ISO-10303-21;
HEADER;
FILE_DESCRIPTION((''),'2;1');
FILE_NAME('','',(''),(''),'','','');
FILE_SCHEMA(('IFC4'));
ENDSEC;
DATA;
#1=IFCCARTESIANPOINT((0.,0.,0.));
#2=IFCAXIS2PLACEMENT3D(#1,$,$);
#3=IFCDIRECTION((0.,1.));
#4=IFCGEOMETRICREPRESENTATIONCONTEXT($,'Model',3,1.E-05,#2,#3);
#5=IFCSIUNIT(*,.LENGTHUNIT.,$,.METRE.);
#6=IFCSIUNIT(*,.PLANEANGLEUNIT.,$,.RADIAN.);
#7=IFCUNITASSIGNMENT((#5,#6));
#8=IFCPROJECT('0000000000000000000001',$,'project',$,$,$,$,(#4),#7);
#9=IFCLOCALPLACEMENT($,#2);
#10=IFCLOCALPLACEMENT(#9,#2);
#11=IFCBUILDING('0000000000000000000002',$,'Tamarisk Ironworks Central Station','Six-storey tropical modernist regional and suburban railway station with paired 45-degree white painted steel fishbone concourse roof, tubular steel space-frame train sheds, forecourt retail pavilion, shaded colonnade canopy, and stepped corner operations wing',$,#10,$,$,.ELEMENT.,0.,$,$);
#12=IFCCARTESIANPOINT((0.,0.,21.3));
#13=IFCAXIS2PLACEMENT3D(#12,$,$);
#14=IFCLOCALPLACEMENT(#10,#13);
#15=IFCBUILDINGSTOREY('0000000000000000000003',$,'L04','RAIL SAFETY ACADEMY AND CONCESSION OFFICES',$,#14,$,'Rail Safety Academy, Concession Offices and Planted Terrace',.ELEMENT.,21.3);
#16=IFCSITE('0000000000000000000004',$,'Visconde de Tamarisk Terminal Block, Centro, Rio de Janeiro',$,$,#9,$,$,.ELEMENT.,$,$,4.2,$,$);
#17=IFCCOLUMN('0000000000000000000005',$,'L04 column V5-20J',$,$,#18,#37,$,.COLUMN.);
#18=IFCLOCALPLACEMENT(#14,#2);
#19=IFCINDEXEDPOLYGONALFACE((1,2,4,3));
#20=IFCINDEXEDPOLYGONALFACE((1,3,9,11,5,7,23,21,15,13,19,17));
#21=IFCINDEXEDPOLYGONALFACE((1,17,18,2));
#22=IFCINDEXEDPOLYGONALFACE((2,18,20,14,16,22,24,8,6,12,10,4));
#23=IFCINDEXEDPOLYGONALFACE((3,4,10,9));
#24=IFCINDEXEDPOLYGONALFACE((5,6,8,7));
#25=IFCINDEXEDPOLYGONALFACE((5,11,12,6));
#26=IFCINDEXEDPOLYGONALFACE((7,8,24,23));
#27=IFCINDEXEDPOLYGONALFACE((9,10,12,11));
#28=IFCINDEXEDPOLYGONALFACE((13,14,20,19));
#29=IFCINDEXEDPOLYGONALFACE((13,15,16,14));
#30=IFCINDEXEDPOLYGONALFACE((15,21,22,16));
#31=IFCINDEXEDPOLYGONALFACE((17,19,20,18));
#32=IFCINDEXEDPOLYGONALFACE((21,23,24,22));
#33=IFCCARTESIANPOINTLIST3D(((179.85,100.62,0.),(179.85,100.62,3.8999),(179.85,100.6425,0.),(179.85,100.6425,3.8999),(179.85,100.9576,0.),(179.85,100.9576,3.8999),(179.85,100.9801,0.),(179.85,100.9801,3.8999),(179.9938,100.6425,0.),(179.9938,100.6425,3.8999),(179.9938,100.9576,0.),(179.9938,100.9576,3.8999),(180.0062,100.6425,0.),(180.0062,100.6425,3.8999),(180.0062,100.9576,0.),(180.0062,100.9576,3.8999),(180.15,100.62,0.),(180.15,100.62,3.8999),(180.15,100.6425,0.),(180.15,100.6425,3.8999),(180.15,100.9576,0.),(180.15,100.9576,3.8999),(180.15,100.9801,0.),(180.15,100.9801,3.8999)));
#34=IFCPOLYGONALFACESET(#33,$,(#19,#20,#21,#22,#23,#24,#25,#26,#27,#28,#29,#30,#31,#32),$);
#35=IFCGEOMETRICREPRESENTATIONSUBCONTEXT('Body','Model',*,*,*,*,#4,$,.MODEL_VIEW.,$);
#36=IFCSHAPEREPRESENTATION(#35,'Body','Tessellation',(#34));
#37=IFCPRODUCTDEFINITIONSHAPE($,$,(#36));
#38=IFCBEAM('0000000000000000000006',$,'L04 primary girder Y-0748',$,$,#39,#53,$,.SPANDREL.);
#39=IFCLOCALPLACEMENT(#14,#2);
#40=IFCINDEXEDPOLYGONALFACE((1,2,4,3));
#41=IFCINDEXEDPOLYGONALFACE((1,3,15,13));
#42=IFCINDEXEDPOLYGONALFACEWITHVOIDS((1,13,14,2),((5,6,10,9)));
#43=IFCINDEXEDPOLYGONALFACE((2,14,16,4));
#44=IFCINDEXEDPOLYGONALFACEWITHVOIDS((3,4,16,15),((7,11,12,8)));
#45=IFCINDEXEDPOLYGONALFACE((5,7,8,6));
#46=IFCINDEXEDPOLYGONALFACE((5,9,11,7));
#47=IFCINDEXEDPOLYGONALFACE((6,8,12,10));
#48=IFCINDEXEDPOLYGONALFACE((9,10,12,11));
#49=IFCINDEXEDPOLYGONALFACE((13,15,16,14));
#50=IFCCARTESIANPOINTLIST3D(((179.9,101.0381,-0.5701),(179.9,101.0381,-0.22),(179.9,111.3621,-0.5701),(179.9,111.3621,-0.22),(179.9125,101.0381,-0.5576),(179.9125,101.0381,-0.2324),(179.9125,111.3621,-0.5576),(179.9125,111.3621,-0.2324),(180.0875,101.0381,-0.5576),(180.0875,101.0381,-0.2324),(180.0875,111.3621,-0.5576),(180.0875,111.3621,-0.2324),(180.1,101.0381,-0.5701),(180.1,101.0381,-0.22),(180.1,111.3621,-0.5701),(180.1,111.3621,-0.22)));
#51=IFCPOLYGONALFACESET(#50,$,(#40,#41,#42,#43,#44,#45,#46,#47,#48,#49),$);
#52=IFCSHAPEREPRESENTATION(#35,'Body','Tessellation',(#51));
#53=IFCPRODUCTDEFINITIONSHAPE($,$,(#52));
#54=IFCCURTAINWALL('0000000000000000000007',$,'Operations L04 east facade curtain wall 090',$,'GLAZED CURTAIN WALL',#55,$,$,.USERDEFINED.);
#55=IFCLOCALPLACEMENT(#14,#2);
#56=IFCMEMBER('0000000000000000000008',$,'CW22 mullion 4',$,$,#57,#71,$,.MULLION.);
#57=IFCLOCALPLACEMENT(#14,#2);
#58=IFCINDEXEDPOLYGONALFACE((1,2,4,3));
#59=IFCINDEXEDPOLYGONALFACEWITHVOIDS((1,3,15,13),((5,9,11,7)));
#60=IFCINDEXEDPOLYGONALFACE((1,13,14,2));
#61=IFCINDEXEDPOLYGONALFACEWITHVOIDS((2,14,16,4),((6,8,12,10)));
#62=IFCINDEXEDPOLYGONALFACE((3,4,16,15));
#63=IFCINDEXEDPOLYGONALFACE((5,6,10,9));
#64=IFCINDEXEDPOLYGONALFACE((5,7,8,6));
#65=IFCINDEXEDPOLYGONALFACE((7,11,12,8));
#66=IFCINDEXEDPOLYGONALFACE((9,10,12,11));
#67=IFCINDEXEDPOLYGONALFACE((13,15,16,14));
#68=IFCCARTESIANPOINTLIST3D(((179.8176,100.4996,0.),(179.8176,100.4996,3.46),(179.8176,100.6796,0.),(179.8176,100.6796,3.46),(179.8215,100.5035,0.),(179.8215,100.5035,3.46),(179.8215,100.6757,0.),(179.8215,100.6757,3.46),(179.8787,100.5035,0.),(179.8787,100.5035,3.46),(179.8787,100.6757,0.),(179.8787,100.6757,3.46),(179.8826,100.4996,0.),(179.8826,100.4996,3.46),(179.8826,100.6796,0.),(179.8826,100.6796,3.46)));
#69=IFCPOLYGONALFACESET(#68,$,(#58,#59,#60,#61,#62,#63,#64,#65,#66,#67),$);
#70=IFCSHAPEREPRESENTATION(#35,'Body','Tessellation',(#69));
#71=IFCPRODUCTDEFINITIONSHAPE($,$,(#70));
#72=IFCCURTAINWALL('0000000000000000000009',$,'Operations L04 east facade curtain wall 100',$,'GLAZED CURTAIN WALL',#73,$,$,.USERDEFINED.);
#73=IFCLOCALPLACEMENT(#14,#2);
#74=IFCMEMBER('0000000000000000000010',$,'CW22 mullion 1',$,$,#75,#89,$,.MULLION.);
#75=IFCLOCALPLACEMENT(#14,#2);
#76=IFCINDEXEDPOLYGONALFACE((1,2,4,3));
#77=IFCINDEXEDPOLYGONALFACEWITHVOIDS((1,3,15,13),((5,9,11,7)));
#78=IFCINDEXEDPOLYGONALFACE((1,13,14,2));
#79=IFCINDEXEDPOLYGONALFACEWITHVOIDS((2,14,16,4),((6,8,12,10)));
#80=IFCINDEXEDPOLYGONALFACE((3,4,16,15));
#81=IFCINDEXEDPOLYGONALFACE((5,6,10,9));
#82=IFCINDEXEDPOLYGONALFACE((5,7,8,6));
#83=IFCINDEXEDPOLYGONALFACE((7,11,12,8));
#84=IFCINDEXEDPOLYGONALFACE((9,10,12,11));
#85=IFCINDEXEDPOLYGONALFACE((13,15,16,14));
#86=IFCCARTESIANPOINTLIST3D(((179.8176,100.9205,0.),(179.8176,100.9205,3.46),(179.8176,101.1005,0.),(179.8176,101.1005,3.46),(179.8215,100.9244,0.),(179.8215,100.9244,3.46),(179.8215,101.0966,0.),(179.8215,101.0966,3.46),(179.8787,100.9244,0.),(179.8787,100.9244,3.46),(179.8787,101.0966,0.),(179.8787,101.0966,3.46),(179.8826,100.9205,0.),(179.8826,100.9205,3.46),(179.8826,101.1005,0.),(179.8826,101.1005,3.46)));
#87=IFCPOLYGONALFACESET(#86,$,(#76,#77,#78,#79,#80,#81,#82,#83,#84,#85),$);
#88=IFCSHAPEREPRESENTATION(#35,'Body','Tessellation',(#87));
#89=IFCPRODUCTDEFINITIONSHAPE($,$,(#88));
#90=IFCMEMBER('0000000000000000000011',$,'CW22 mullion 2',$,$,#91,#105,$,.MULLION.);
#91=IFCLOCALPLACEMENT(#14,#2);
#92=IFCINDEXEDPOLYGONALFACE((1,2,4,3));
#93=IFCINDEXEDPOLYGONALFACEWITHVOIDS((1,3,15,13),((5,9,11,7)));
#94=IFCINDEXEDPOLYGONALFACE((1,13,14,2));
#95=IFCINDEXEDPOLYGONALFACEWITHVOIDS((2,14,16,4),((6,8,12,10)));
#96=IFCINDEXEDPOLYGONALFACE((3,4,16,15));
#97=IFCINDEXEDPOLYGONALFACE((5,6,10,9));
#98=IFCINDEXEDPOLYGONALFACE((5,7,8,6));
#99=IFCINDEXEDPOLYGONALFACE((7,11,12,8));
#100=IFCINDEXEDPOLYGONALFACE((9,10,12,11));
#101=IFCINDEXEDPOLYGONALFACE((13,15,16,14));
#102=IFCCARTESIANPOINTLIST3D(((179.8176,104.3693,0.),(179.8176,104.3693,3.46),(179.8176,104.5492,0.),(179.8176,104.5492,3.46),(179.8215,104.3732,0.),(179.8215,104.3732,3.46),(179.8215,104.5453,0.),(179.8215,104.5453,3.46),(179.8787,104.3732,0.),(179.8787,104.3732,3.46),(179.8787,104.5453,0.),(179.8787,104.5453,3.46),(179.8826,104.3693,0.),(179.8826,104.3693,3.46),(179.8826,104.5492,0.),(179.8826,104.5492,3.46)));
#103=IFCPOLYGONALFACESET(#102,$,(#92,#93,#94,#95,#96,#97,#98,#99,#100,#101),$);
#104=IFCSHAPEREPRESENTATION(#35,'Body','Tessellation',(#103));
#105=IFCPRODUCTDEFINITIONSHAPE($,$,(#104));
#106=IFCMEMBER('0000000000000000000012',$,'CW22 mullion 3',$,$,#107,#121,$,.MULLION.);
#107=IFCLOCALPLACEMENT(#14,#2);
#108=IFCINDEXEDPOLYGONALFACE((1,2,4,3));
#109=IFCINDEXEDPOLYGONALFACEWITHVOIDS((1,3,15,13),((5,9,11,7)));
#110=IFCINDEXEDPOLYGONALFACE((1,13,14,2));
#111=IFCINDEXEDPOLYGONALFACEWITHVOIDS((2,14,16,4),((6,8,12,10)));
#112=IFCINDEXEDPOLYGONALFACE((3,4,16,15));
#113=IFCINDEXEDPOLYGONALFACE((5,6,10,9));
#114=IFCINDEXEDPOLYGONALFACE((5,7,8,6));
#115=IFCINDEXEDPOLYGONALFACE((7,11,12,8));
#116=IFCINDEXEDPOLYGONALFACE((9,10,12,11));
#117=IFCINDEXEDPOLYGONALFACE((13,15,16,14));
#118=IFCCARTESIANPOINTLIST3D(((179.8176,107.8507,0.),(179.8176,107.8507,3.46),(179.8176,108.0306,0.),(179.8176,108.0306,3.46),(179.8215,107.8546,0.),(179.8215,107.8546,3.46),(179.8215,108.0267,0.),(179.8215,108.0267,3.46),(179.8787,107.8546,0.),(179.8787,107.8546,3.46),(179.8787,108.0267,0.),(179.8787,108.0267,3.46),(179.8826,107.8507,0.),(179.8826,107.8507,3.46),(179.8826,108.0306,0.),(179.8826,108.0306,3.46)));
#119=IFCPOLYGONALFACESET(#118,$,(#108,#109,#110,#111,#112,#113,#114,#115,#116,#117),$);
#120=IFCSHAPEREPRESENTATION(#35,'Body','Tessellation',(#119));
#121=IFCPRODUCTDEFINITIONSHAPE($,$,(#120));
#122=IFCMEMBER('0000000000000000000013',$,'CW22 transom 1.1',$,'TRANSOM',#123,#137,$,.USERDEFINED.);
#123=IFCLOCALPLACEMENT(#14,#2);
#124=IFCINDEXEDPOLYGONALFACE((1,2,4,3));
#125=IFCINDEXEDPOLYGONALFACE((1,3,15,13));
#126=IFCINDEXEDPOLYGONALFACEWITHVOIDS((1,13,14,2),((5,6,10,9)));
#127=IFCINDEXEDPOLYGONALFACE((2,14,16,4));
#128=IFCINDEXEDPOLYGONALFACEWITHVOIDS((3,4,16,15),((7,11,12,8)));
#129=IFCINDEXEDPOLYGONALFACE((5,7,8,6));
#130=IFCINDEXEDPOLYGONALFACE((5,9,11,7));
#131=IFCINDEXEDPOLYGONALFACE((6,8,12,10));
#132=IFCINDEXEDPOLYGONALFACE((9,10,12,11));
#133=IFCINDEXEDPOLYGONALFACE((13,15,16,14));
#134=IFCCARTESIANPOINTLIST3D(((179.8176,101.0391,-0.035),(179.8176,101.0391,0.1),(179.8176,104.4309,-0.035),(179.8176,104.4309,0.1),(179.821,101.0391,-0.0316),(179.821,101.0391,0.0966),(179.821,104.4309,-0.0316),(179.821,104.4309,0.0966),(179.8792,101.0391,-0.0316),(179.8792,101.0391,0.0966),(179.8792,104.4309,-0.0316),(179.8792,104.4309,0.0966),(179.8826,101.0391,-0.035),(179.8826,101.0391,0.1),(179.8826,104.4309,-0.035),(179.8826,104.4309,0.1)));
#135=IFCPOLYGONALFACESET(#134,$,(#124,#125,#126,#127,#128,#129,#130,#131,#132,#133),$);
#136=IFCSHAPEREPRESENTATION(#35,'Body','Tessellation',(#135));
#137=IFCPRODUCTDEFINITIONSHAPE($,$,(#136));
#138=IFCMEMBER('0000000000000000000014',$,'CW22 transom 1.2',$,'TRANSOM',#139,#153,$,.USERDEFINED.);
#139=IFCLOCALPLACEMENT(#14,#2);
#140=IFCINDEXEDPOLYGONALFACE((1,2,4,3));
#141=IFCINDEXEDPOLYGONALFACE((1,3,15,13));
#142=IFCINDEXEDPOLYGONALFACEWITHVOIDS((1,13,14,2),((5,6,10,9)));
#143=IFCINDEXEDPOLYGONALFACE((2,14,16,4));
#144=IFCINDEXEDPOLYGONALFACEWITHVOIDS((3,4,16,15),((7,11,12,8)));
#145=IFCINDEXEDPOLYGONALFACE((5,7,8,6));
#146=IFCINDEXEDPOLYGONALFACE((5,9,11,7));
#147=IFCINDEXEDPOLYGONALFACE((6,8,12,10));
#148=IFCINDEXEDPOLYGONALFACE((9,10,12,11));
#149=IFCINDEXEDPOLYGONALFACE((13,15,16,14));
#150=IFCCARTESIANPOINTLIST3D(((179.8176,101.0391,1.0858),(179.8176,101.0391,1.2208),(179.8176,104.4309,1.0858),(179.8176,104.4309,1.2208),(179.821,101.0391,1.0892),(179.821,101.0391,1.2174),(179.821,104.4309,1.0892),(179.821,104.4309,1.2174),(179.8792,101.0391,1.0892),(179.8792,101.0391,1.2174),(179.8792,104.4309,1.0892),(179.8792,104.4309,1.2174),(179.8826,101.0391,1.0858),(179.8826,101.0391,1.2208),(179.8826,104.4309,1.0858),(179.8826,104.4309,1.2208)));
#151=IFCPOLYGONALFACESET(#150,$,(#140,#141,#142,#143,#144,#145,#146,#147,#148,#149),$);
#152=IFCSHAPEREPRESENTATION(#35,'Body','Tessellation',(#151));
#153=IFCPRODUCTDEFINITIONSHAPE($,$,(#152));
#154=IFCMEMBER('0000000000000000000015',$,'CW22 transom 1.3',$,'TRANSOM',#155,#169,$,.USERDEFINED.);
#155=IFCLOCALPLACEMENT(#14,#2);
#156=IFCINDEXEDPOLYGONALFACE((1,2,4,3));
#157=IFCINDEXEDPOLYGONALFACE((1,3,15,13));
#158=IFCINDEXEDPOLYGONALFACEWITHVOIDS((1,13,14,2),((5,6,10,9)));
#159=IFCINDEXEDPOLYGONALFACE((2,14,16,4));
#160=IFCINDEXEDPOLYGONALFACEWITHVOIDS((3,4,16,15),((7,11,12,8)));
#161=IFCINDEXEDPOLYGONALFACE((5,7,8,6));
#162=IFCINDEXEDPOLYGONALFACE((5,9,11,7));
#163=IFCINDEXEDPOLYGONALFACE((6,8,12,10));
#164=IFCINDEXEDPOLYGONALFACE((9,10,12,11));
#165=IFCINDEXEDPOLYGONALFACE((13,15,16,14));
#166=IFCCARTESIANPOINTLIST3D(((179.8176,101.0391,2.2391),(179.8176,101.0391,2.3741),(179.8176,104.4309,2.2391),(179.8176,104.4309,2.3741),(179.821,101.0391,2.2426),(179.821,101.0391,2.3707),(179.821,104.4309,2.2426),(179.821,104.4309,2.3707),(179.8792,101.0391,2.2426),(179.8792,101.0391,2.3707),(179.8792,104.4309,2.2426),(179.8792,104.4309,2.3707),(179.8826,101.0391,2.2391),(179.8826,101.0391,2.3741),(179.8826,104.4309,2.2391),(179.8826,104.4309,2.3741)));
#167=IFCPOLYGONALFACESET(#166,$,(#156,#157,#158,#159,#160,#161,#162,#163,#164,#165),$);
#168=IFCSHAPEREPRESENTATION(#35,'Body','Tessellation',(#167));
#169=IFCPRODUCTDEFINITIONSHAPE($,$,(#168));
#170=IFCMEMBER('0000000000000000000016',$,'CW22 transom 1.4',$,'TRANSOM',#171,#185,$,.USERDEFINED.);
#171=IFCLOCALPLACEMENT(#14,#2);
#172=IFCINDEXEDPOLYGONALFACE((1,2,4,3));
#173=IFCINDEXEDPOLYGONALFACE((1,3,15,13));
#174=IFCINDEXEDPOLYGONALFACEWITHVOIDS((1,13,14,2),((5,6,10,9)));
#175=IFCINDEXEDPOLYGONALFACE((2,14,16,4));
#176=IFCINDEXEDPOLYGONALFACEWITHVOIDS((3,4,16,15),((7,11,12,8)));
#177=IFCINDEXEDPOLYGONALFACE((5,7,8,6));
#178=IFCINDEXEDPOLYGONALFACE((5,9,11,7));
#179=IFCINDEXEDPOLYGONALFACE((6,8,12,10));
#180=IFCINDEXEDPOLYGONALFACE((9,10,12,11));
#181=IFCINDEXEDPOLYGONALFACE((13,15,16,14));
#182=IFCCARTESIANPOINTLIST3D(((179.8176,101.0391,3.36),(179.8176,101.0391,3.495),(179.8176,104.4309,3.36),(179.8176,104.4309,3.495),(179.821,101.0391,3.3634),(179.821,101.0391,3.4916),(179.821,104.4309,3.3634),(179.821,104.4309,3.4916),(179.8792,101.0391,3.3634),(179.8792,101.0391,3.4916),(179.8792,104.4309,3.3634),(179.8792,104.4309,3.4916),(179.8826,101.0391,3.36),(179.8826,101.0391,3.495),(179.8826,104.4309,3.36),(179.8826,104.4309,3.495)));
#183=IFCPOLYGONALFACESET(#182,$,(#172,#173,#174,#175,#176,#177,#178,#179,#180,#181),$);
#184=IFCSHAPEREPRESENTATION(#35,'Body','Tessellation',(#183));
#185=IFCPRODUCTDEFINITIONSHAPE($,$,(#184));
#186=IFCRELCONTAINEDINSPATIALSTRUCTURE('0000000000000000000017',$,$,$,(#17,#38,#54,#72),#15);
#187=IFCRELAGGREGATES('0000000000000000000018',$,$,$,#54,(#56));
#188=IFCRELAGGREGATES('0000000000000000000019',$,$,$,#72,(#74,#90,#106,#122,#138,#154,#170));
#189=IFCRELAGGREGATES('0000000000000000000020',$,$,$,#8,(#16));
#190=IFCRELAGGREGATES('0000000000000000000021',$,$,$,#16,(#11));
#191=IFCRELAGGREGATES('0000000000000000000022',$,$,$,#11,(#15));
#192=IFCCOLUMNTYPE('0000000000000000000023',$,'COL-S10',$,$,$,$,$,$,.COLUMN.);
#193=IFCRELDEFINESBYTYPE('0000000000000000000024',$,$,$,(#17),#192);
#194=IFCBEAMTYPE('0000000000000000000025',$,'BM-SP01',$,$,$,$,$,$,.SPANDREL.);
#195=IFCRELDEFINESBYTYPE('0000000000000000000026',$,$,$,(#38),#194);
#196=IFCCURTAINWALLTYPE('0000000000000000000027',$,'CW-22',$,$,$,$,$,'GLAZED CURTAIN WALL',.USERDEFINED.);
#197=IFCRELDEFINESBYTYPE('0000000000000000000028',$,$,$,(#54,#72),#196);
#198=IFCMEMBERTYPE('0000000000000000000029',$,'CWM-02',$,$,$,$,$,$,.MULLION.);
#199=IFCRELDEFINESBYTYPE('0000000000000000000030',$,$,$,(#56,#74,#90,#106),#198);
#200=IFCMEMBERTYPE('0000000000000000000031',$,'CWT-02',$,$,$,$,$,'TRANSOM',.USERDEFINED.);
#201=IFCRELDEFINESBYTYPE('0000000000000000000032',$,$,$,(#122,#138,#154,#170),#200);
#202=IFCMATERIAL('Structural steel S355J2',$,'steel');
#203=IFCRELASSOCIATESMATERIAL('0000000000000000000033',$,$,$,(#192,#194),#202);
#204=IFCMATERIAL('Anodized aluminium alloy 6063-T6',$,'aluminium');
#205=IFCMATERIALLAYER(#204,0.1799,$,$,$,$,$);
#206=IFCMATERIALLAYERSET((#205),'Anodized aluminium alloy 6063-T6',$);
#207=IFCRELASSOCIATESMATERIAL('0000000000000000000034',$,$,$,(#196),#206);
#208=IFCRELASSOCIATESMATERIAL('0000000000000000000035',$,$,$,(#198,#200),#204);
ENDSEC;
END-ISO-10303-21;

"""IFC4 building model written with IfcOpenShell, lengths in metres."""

from ifc_helpers import new_model, si_unit, direction, frame, origin, origin_2d, place, context, subcontext, project, spatial, hollow_rectangle, i_section, extrude, material, layer, layer_set, material_profile, profile_set, type_object, element, aggregate, save


model = new_model("IFC4")

# Units and contexts
model_context = context("Model", 3, precision=1e-05, world=origin(), true_north=direction((0.0, 1.0)))
body_context = subcontext(model_context, "Body", "Model", "MODEL_VIEW")
ifc_project = project(units=[si_unit("LENGTHUNIT", "METRE"), si_unit("PLANEANGLEUNIT", "RADIAN")], contexts=[model_context])

# Site, building, storey
site_placement = place(None, origin())
site = spatial("IfcSite", under=ifc_project, at=site_placement, Name="Visconde de Tamarisk Terminal Block, Centro, Rio de Janeiro", CompositionType="ELEMENT", RefElevation=4.2)
building_placement = place(site_placement, origin())
building = spatial("IfcBuilding", under=site, at=building_placement, Name="Tamarisk Ironworks Central Station", Description="Six-storey tropical modernist regional and suburban railway station with paired 45-degree white painted steel fishbone concourse roof, tubular steel space-frame train sheds, forecourt retail pavilion, shaded colonnade canopy, and stepped corner operations wing", CompositionType="ELEMENT", ElevationOfRefHeight=0.0)
storey_placement = place(building_placement, frame((0.0, 0.0, 21.3)))
storey = spatial("IfcBuildingStorey", under=building, at=storey_placement, Name="L04", Description="RAIL SAFETY ACADEMY AND CONCESSION OFFICES", LongName="Rail Safety Academy, Concession Offices and Planted Terrace", CompositionType="ELEMENT", Elevation=21.3)

# Column
ifc_material_1 = material(Name="Structural steel S355J2", Category="steel")
ifc_material_profile_1 = material_profile(ifc_material_1, i_section(OverallWidth=0.3, OverallDepth=0.3601, WebThickness=0.0125, FlangeThickness=0.0225, at=origin_2d()), Name="HEB 360")
ifc_profile_set_1 = profile_set([ifc_material_profile_1], Name="Structural steel S355J2")
column_type = type_object("IfcColumnType", Name="COL-S10", PredefinedType="COLUMN", material=ifc_profile_set_1)
column_placement = place(storey_placement, frame((180.0, 100.8, 0.0), z_axis=(0.0, 0.0, 1.0), x_axis=(1.0, 0.0, 0.0)))
element("IfcColumn", 1, at=column_placement, inside=storey, type_object=column_type, Name="L04 column V5-20J", PredefinedType="COLUMN", context=body_context, shape_type="SweptSolid", body=[
    extrude(i_section(OverallWidth=0.3, OverallDepth=0.3601, WebThickness=0.0125, FlangeThickness=0.0225, at=origin_2d()), origin(), (0.0, 0.0, 1.0), 3.8999),
])

# Beam
ifc_material_profile_2 = material_profile(ifc_material_1, hollow_rectangle(XDim=0.2, YDim=0.3501, WallThickness=0.0125, at=origin_2d()), Name="RHS 350x200x12.5")
ifc_profile_set_2 = profile_set([ifc_material_profile_2], Name="Structural steel S355J2")
beam_type = type_object("IfcBeamType", Name="BM-SP01", PredefinedType="SPANDREL", material=ifc_profile_set_2)
beam_placement = place(storey_placement, frame((180.0, 101.0381, -0.395), z_axis=(0.0, 1.0, 0.0), x_axis=(-1.0, 0.0, 0.0)))
element("IfcBeam", 2, at=beam_placement, inside=storey, type_object=beam_type, Name="L04 primary girder Y-0748", PredefinedType="SPANDREL", context=body_context, shape_type="SweptSolid", body=[
    extrude(hollow_rectangle(XDim=0.2, YDim=0.3501, WallThickness=0.0125, at=origin_2d()), origin(), (0.0, 0.0, 1.0), 10.324),
])

# Curtain wall, member
ifc_material_2 = material(Name="Anodized aluminium alloy 6063-T6", Category="aluminium")
ifc_layer_1 = layer(ifc_material_2, 0.1799)
ifc_layer_set_1 = layer_set([ifc_layer_1], Name="Anodized aluminium alloy 6063-T6")
curtain_wall_type = type_object("IfcCurtainWallType", Name="CW-22", ElementType="GLAZED CURTAIN WALL", PredefinedType="USERDEFINED", material=ifc_layer_set_1)
curtain_wall_1_placement = place(storey_placement, origin())
curtain_wall_1 = element("IfcCurtainWall", 3, at=curtain_wall_1_placement, inside=storey, type_object=curtain_wall_type, Name="Operations L04 east facade curtain wall 090", ObjectType="GLAZED CURTAIN WALL", PredefinedType="USERDEFINED")
ifc_material_profile_3 = material_profile(ifc_material_2, hollow_rectangle(XDim=0.0649, YDim=0.1799, WallThickness=0.0039, at=origin_2d()), Name="ALUM 180x65")
ifc_profile_set_3 = profile_set([ifc_material_profile_3], Name="Anodized aluminium alloy 6063-T6")
member_type_1 = type_object("IfcMemberType", Name="CWM-02", PredefinedType="MULLION", material=ifc_profile_set_3)
member_1_placement = place(storey_placement, frame((179.8501, 100.5896, 0.0), z_axis=(0.0, 0.0, 1.0), x_axis=(-1.0, 0.0, 0.0)))
member_1 = element("IfcMember", 4, at=member_1_placement, type_object=member_type_1, Name="CW22 mullion 4", PredefinedType="MULLION", context=body_context, shape_type="SweptSolid", body=[
    extrude(hollow_rectangle(XDim=0.0649, YDim=0.1799, WallThickness=0.0039, at=origin_2d()), origin(), (0.0, 0.0, 1.0), 3.46),
])
aggregate(curtain_wall_1, [member_1])

# Curtain wall, members
curtain_wall_2_placement = place(storey_placement, origin())
curtain_wall_2 = element("IfcCurtainWall", 5, at=curtain_wall_2_placement, inside=storey, type_object=curtain_wall_type, Name="Operations L04 east facade curtain wall 100", ObjectType="GLAZED CURTAIN WALL", PredefinedType="USERDEFINED")
member_2_placement = place(storey_placement, frame((179.8501, 101.0105, 0.0), z_axis=(0.0, 0.0, 1.0), x_axis=(-1.0, 0.0, 0.0)))
member_2 = element("IfcMember", 6, at=member_2_placement, type_object=member_type_1, Name="CW22 mullion 1", PredefinedType="MULLION", context=body_context, shape_type="SweptSolid", body=[
    extrude(hollow_rectangle(XDim=0.0649, YDim=0.1799, WallThickness=0.0039, at=origin_2d()), origin(), (0.0, 0.0, 1.0), 3.46),
])
member_3_placement = place(storey_placement, frame((179.8501, 104.4592, 0.0), z_axis=(0.0, 0.0, 1.0), x_axis=(-1.0, 0.0, 0.0)))
member_3 = element("IfcMember", 7, at=member_3_placement, type_object=member_type_1, Name="CW22 mullion 2", PredefinedType="MULLION", context=body_context, shape_type="SweptSolid", body=[
    extrude(hollow_rectangle(XDim=0.0649, YDim=0.1799, WallThickness=0.0039, at=origin_2d()), origin(), (0.0, 0.0, 1.0), 3.46),
])
member_4_placement = place(storey_placement, frame((179.8501, 107.9407, 0.0), z_axis=(0.0, 0.0, 1.0), x_axis=(-1.0, 0.0, 0.0)))
member_4 = element("IfcMember", 8, at=member_4_placement, type_object=member_type_1, Name="CW22 mullion 3", PredefinedType="MULLION", context=body_context, shape_type="SweptSolid", body=[
    extrude(hollow_rectangle(XDim=0.0649, YDim=0.1799, WallThickness=0.0039, at=origin_2d()), origin(), (0.0, 0.0, 1.0), 3.46),
])
ifc_material_profile_4 = material_profile(ifc_material_2, hollow_rectangle(XDim=0.0649, YDim=0.135, WallThickness=0.0034, at=origin_2d()), Name="ALUM 135x65")
ifc_profile_set_4 = profile_set([ifc_material_profile_4], Name="Anodized aluminium alloy 6063-T6")
member_type_2 = type_object("IfcMemberType", Name="CWT-02", ElementType="TRANSOM", PredefinedType="USERDEFINED", material=ifc_profile_set_4)
member_5_placement = place(storey_placement, frame((179.8501, 101.0391, 0.0325), z_axis=(0.0, 1.0, 0.0), x_axis=(-1.0, 0.0, 0.0)))
member_5 = element("IfcMember", 9, at=member_5_placement, type_object=member_type_2, Name="CW22 transom 1.1", ObjectType="TRANSOM", PredefinedType="USERDEFINED", context=body_context, shape_type="SweptSolid", body=[
    extrude(hollow_rectangle(XDim=0.0649, YDim=0.135, WallThickness=0.0034, at=origin_2d()), origin(), (0.0, 0.0, 1.0), 3.3918),
])
member_6_placement = place(storey_placement, frame((179.8501, 101.0391, 1.1533), z_axis=(0.0, 1.0, 0.0), x_axis=(-1.0, 0.0, 0.0)))
member_6 = element("IfcMember", 10, at=member_6_placement, type_object=member_type_2, Name="CW22 transom 1.2", ObjectType="TRANSOM", PredefinedType="USERDEFINED", context=body_context, shape_type="SweptSolid", body=[
    extrude(hollow_rectangle(XDim=0.0649, YDim=0.135, WallThickness=0.0034, at=origin_2d()), origin(), (0.0, 0.0, 1.0), 3.3918),
])
member_7_placement = place(storey_placement, frame((179.8501, 101.0391, 2.3066), z_axis=(0.0, 1.0, 0.0), x_axis=(-1.0, 0.0, 0.0)))
member_7 = element("IfcMember", 11, at=member_7_placement, type_object=member_type_2, Name="CW22 transom 1.3", ObjectType="TRANSOM", PredefinedType="USERDEFINED", context=body_context, shape_type="SweptSolid", body=[
    extrude(hollow_rectangle(XDim=0.0649, YDim=0.135, WallThickness=0.0034, at=origin_2d()), origin(), (0.0, 0.0, 1.0), 3.3918),
])
member_8_placement = place(storey_placement, frame((179.8501, 101.0391, 3.4275), z_axis=(0.0, 1.0, 0.0), x_axis=(-1.0, 0.0, 0.0)))
member_8 = element("IfcMember", 12, at=member_8_placement, type_object=member_type_2, Name="CW22 transom 1.4", ObjectType="TRANSOM", PredefinedType="USERDEFINED", context=body_context, shape_type="SweptSolid", body=[
    extrude(hollow_rectangle(XDim=0.0649, YDim=0.135, WallThickness=0.0034, at=origin_2d()), origin(), (0.0, 0.0, 1.0), 3.3918),
])
aggregate(curtain_wall_2, [member_2, member_3, member_4, member_5, member_6, member_7, member_8])

save(model, "model.ifc")
